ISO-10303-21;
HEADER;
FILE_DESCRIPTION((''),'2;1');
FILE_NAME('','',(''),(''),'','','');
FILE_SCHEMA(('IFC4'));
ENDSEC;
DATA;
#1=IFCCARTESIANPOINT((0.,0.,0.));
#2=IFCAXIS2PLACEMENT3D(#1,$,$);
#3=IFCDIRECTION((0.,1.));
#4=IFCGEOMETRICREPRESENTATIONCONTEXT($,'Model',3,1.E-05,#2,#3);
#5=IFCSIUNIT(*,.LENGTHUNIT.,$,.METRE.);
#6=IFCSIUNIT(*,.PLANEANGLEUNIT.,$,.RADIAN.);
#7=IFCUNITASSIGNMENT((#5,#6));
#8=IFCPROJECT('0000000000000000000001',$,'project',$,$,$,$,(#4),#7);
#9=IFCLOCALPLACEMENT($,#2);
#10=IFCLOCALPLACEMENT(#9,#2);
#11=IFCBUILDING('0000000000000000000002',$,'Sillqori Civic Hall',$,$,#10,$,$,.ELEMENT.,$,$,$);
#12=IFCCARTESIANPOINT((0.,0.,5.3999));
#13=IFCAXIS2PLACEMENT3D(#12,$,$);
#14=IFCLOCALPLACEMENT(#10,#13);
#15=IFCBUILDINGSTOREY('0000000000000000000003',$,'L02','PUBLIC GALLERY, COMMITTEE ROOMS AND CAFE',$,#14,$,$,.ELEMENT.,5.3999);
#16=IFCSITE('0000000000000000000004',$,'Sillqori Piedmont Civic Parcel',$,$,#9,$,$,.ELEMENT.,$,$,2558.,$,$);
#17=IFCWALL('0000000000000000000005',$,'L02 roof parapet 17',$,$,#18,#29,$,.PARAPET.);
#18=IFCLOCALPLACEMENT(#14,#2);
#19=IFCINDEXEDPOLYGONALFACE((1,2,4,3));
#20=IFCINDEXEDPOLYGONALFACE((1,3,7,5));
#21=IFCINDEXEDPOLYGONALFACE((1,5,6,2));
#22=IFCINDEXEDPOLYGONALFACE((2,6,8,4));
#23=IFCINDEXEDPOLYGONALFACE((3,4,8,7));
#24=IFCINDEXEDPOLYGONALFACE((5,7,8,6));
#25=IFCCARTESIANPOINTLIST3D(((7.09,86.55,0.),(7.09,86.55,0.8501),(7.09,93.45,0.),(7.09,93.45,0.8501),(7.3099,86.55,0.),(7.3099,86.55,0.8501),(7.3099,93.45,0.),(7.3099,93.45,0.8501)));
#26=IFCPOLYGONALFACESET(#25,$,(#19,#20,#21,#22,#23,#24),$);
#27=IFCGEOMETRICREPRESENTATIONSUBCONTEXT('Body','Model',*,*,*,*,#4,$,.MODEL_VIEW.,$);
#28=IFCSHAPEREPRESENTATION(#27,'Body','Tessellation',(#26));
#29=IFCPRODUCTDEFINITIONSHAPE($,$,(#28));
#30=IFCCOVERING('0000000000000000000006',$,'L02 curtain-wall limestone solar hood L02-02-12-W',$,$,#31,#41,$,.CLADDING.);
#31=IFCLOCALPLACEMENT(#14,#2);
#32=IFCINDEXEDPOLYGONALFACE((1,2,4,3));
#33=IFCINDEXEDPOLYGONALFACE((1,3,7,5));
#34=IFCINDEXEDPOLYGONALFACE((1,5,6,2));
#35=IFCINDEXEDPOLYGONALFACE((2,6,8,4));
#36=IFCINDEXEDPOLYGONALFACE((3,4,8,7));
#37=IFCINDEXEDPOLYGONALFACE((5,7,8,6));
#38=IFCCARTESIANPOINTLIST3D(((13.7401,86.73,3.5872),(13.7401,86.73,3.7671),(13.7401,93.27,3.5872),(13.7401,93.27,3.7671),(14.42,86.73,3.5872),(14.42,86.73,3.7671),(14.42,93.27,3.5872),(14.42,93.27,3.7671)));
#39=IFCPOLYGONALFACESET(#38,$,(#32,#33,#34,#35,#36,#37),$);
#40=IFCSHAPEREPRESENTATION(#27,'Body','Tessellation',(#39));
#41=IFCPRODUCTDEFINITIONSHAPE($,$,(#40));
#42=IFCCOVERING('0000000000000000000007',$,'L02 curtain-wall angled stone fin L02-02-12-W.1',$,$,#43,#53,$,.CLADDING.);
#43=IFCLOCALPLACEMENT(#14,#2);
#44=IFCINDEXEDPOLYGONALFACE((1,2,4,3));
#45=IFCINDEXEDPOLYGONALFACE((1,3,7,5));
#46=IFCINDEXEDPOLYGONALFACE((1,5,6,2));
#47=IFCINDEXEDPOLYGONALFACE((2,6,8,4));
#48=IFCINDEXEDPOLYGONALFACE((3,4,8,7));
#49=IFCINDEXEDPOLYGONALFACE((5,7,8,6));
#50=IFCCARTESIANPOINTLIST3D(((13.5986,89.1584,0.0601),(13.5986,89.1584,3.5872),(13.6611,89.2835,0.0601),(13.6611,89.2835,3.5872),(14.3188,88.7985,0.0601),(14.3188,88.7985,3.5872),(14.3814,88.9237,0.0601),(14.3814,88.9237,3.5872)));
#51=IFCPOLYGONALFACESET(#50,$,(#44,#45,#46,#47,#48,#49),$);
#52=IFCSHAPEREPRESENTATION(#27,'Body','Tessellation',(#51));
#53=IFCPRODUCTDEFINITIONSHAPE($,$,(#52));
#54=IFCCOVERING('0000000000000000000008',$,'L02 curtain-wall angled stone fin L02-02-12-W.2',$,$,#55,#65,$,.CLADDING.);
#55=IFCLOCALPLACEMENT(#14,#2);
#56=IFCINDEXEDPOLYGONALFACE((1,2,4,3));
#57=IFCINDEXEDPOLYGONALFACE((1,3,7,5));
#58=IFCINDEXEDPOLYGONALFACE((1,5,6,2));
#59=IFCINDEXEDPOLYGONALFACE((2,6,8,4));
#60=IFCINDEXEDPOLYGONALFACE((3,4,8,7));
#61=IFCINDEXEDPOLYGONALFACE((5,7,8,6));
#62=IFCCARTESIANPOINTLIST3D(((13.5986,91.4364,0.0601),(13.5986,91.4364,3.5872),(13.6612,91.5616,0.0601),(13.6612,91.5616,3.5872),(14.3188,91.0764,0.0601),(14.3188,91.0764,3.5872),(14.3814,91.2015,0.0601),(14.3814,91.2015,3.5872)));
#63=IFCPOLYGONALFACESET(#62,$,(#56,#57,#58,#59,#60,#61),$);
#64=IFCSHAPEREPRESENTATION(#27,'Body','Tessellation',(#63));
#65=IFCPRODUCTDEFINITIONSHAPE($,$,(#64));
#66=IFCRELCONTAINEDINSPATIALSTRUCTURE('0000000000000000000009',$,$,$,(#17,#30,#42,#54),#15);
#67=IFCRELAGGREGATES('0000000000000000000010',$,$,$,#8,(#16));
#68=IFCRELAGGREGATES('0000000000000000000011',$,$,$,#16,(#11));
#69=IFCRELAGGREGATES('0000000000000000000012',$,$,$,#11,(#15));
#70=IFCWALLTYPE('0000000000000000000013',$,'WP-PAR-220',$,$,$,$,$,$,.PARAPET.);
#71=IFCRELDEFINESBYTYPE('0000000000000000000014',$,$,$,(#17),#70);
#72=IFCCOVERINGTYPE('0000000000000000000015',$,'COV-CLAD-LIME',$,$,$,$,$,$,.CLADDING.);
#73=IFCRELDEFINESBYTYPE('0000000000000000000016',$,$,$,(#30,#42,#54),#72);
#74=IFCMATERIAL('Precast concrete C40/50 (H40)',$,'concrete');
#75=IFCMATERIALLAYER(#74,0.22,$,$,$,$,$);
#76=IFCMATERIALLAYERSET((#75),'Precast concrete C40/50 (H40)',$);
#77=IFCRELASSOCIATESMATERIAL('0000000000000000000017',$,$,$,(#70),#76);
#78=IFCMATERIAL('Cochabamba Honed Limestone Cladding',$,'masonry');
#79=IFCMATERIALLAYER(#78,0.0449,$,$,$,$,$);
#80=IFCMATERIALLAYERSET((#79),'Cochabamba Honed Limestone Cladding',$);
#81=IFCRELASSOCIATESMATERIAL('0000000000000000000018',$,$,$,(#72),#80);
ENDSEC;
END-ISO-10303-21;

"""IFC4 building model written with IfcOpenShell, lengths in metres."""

from ifc_helpers import new_model, si_unit, direction, frame, frame_2d, origin, place, context, subcontext, project, spatial, rectangle, extrude, material, layer, layer_set, type_object, element, save


model = new_model("IFC4")

# Units and contexts
model_context = context("Model", 3, precision=1e-05, world=origin(), true_north=direction((0.0, 1.0)))
body_context = subcontext(model_context, "Body", "Model", "MODEL_VIEW")
ifc_project = project(units=[si_unit("LENGTHUNIT", "METRE"), si_unit("PLANEANGLEUNIT", "RADIAN")], contexts=[model_context])

# Site, building, storey
site_placement = place(None, origin())
site = spatial("IfcSite", under=ifc_project, at=site_placement, Name="Sillqori Piedmont Civic Parcel", CompositionType="ELEMENT", RefElevation=2558.0)
building_placement = place(site_placement, origin())
building = spatial("IfcBuilding", under=site, at=building_placement, Name="Sillqori Civic Hall", CompositionType="ELEMENT")
storey_placement = place(building_placement, frame((0.0, 0.0, 5.3999)))
storey = spatial("IfcBuildingStorey", under=building, at=storey_placement, Name="L02", Description="PUBLIC GALLERY, COMMITTEE ROOMS AND CAFE", CompositionType="ELEMENT", Elevation=5.3999)

# Wall
ifc_material_1 = material(Name="Precast concrete C40/50 (H40)", Category="concrete")
ifc_layer_1 = layer(ifc_material_1, 0.22)
ifc_layer_set_1 = layer_set([ifc_layer_1], Name="Precast concrete C40/50 (H40)")
wall_type = type_object("IfcWallType", Name="WP-PAR-220", PredefinedType="PARAPET", material=ifc_layer_set_1)
wall_placement = place(storey_placement, frame((7.2, 86.55, 0.0), z_axis=(0.0, 0.0, 1.0), x_axis=(0.0, 1.0, 0.0)))
element("IfcWall", 1, at=wall_placement, inside=storey, type_object=wall_type, Name="L02 roof parapet 17", PredefinedType="PARAPET", context=body_context, shape_type="SweptSolid", body=[
    extrude(rectangle(XDim=6.8999, YDim=0.22, at=frame_2d((3.45, 0.0))), origin(), (0.0, 0.0, 1.0), 0.8501),
])

# Coverings
ifc_material_2 = material(Name="Cochabamba Honed Limestone Cladding", Category="masonry")
ifc_layer_2 = layer(ifc_material_2, 0.0449)
ifc_layer_set_2 = layer_set([ifc_layer_2], Name="Cochabamba Honed Limestone Cladding")
covering_type = type_object("IfcCoveringType", Name="COV-CLAD-LIME", PredefinedType="CLADDING", material=ifc_layer_set_2)
covering_placement = place(storey_placement, frame((14.0801, 86.73, 3.5872), z_axis=(0.0, 0.0, 1.0), x_axis=(0.0, 1.0, 0.0)))
element("IfcCovering", 2, at=covering_placement, inside=storey, type_object=covering_type, Name="L02 curtain-wall limestone solar hood L02-02-12-W", PredefinedType="CLADDING", context=body_context, shape_type="SweptSolid", body=[
    extrude(rectangle(XDim=6.54, YDim=0.6799, at=frame_2d((3.27, 0.0))), origin(), (0.0, 0.0, 1.0), 0.1799),
])
for number, where, z_axis, x_axis, name in (
    (3, (14.3501, 88.8611, 0.0601), (0.0, 0.0, 1.0), (-0.894548, 0.446971, 0.0), "L02 curtain-wall angled stone fin L02-02-12-W.1"),
    (4, (14.3501, 91.1389, 0.0601), (0.0, 0.0, 1.0), (-0.894427, 0.447214, 0.0), "L02 curtain-wall angled stone fin L02-02-12-W.2"),
):
    element("IfcCovering", number, at=place(storey_placement, frame(where, z_axis=z_axis, x_axis=x_axis)), inside=storey, type_object=covering_type, Name=name, PredefinedType="CLADDING", context=body_context, shape_type="SweptSolid", body=[
        extrude(rectangle(XDim=0.8052, YDim=0.1399, at=frame_2d((0.4026, 0.0))), origin(), (0.0, 0.0, 1.0), 3.5271),
    ])

save(model, "model.ifc")
